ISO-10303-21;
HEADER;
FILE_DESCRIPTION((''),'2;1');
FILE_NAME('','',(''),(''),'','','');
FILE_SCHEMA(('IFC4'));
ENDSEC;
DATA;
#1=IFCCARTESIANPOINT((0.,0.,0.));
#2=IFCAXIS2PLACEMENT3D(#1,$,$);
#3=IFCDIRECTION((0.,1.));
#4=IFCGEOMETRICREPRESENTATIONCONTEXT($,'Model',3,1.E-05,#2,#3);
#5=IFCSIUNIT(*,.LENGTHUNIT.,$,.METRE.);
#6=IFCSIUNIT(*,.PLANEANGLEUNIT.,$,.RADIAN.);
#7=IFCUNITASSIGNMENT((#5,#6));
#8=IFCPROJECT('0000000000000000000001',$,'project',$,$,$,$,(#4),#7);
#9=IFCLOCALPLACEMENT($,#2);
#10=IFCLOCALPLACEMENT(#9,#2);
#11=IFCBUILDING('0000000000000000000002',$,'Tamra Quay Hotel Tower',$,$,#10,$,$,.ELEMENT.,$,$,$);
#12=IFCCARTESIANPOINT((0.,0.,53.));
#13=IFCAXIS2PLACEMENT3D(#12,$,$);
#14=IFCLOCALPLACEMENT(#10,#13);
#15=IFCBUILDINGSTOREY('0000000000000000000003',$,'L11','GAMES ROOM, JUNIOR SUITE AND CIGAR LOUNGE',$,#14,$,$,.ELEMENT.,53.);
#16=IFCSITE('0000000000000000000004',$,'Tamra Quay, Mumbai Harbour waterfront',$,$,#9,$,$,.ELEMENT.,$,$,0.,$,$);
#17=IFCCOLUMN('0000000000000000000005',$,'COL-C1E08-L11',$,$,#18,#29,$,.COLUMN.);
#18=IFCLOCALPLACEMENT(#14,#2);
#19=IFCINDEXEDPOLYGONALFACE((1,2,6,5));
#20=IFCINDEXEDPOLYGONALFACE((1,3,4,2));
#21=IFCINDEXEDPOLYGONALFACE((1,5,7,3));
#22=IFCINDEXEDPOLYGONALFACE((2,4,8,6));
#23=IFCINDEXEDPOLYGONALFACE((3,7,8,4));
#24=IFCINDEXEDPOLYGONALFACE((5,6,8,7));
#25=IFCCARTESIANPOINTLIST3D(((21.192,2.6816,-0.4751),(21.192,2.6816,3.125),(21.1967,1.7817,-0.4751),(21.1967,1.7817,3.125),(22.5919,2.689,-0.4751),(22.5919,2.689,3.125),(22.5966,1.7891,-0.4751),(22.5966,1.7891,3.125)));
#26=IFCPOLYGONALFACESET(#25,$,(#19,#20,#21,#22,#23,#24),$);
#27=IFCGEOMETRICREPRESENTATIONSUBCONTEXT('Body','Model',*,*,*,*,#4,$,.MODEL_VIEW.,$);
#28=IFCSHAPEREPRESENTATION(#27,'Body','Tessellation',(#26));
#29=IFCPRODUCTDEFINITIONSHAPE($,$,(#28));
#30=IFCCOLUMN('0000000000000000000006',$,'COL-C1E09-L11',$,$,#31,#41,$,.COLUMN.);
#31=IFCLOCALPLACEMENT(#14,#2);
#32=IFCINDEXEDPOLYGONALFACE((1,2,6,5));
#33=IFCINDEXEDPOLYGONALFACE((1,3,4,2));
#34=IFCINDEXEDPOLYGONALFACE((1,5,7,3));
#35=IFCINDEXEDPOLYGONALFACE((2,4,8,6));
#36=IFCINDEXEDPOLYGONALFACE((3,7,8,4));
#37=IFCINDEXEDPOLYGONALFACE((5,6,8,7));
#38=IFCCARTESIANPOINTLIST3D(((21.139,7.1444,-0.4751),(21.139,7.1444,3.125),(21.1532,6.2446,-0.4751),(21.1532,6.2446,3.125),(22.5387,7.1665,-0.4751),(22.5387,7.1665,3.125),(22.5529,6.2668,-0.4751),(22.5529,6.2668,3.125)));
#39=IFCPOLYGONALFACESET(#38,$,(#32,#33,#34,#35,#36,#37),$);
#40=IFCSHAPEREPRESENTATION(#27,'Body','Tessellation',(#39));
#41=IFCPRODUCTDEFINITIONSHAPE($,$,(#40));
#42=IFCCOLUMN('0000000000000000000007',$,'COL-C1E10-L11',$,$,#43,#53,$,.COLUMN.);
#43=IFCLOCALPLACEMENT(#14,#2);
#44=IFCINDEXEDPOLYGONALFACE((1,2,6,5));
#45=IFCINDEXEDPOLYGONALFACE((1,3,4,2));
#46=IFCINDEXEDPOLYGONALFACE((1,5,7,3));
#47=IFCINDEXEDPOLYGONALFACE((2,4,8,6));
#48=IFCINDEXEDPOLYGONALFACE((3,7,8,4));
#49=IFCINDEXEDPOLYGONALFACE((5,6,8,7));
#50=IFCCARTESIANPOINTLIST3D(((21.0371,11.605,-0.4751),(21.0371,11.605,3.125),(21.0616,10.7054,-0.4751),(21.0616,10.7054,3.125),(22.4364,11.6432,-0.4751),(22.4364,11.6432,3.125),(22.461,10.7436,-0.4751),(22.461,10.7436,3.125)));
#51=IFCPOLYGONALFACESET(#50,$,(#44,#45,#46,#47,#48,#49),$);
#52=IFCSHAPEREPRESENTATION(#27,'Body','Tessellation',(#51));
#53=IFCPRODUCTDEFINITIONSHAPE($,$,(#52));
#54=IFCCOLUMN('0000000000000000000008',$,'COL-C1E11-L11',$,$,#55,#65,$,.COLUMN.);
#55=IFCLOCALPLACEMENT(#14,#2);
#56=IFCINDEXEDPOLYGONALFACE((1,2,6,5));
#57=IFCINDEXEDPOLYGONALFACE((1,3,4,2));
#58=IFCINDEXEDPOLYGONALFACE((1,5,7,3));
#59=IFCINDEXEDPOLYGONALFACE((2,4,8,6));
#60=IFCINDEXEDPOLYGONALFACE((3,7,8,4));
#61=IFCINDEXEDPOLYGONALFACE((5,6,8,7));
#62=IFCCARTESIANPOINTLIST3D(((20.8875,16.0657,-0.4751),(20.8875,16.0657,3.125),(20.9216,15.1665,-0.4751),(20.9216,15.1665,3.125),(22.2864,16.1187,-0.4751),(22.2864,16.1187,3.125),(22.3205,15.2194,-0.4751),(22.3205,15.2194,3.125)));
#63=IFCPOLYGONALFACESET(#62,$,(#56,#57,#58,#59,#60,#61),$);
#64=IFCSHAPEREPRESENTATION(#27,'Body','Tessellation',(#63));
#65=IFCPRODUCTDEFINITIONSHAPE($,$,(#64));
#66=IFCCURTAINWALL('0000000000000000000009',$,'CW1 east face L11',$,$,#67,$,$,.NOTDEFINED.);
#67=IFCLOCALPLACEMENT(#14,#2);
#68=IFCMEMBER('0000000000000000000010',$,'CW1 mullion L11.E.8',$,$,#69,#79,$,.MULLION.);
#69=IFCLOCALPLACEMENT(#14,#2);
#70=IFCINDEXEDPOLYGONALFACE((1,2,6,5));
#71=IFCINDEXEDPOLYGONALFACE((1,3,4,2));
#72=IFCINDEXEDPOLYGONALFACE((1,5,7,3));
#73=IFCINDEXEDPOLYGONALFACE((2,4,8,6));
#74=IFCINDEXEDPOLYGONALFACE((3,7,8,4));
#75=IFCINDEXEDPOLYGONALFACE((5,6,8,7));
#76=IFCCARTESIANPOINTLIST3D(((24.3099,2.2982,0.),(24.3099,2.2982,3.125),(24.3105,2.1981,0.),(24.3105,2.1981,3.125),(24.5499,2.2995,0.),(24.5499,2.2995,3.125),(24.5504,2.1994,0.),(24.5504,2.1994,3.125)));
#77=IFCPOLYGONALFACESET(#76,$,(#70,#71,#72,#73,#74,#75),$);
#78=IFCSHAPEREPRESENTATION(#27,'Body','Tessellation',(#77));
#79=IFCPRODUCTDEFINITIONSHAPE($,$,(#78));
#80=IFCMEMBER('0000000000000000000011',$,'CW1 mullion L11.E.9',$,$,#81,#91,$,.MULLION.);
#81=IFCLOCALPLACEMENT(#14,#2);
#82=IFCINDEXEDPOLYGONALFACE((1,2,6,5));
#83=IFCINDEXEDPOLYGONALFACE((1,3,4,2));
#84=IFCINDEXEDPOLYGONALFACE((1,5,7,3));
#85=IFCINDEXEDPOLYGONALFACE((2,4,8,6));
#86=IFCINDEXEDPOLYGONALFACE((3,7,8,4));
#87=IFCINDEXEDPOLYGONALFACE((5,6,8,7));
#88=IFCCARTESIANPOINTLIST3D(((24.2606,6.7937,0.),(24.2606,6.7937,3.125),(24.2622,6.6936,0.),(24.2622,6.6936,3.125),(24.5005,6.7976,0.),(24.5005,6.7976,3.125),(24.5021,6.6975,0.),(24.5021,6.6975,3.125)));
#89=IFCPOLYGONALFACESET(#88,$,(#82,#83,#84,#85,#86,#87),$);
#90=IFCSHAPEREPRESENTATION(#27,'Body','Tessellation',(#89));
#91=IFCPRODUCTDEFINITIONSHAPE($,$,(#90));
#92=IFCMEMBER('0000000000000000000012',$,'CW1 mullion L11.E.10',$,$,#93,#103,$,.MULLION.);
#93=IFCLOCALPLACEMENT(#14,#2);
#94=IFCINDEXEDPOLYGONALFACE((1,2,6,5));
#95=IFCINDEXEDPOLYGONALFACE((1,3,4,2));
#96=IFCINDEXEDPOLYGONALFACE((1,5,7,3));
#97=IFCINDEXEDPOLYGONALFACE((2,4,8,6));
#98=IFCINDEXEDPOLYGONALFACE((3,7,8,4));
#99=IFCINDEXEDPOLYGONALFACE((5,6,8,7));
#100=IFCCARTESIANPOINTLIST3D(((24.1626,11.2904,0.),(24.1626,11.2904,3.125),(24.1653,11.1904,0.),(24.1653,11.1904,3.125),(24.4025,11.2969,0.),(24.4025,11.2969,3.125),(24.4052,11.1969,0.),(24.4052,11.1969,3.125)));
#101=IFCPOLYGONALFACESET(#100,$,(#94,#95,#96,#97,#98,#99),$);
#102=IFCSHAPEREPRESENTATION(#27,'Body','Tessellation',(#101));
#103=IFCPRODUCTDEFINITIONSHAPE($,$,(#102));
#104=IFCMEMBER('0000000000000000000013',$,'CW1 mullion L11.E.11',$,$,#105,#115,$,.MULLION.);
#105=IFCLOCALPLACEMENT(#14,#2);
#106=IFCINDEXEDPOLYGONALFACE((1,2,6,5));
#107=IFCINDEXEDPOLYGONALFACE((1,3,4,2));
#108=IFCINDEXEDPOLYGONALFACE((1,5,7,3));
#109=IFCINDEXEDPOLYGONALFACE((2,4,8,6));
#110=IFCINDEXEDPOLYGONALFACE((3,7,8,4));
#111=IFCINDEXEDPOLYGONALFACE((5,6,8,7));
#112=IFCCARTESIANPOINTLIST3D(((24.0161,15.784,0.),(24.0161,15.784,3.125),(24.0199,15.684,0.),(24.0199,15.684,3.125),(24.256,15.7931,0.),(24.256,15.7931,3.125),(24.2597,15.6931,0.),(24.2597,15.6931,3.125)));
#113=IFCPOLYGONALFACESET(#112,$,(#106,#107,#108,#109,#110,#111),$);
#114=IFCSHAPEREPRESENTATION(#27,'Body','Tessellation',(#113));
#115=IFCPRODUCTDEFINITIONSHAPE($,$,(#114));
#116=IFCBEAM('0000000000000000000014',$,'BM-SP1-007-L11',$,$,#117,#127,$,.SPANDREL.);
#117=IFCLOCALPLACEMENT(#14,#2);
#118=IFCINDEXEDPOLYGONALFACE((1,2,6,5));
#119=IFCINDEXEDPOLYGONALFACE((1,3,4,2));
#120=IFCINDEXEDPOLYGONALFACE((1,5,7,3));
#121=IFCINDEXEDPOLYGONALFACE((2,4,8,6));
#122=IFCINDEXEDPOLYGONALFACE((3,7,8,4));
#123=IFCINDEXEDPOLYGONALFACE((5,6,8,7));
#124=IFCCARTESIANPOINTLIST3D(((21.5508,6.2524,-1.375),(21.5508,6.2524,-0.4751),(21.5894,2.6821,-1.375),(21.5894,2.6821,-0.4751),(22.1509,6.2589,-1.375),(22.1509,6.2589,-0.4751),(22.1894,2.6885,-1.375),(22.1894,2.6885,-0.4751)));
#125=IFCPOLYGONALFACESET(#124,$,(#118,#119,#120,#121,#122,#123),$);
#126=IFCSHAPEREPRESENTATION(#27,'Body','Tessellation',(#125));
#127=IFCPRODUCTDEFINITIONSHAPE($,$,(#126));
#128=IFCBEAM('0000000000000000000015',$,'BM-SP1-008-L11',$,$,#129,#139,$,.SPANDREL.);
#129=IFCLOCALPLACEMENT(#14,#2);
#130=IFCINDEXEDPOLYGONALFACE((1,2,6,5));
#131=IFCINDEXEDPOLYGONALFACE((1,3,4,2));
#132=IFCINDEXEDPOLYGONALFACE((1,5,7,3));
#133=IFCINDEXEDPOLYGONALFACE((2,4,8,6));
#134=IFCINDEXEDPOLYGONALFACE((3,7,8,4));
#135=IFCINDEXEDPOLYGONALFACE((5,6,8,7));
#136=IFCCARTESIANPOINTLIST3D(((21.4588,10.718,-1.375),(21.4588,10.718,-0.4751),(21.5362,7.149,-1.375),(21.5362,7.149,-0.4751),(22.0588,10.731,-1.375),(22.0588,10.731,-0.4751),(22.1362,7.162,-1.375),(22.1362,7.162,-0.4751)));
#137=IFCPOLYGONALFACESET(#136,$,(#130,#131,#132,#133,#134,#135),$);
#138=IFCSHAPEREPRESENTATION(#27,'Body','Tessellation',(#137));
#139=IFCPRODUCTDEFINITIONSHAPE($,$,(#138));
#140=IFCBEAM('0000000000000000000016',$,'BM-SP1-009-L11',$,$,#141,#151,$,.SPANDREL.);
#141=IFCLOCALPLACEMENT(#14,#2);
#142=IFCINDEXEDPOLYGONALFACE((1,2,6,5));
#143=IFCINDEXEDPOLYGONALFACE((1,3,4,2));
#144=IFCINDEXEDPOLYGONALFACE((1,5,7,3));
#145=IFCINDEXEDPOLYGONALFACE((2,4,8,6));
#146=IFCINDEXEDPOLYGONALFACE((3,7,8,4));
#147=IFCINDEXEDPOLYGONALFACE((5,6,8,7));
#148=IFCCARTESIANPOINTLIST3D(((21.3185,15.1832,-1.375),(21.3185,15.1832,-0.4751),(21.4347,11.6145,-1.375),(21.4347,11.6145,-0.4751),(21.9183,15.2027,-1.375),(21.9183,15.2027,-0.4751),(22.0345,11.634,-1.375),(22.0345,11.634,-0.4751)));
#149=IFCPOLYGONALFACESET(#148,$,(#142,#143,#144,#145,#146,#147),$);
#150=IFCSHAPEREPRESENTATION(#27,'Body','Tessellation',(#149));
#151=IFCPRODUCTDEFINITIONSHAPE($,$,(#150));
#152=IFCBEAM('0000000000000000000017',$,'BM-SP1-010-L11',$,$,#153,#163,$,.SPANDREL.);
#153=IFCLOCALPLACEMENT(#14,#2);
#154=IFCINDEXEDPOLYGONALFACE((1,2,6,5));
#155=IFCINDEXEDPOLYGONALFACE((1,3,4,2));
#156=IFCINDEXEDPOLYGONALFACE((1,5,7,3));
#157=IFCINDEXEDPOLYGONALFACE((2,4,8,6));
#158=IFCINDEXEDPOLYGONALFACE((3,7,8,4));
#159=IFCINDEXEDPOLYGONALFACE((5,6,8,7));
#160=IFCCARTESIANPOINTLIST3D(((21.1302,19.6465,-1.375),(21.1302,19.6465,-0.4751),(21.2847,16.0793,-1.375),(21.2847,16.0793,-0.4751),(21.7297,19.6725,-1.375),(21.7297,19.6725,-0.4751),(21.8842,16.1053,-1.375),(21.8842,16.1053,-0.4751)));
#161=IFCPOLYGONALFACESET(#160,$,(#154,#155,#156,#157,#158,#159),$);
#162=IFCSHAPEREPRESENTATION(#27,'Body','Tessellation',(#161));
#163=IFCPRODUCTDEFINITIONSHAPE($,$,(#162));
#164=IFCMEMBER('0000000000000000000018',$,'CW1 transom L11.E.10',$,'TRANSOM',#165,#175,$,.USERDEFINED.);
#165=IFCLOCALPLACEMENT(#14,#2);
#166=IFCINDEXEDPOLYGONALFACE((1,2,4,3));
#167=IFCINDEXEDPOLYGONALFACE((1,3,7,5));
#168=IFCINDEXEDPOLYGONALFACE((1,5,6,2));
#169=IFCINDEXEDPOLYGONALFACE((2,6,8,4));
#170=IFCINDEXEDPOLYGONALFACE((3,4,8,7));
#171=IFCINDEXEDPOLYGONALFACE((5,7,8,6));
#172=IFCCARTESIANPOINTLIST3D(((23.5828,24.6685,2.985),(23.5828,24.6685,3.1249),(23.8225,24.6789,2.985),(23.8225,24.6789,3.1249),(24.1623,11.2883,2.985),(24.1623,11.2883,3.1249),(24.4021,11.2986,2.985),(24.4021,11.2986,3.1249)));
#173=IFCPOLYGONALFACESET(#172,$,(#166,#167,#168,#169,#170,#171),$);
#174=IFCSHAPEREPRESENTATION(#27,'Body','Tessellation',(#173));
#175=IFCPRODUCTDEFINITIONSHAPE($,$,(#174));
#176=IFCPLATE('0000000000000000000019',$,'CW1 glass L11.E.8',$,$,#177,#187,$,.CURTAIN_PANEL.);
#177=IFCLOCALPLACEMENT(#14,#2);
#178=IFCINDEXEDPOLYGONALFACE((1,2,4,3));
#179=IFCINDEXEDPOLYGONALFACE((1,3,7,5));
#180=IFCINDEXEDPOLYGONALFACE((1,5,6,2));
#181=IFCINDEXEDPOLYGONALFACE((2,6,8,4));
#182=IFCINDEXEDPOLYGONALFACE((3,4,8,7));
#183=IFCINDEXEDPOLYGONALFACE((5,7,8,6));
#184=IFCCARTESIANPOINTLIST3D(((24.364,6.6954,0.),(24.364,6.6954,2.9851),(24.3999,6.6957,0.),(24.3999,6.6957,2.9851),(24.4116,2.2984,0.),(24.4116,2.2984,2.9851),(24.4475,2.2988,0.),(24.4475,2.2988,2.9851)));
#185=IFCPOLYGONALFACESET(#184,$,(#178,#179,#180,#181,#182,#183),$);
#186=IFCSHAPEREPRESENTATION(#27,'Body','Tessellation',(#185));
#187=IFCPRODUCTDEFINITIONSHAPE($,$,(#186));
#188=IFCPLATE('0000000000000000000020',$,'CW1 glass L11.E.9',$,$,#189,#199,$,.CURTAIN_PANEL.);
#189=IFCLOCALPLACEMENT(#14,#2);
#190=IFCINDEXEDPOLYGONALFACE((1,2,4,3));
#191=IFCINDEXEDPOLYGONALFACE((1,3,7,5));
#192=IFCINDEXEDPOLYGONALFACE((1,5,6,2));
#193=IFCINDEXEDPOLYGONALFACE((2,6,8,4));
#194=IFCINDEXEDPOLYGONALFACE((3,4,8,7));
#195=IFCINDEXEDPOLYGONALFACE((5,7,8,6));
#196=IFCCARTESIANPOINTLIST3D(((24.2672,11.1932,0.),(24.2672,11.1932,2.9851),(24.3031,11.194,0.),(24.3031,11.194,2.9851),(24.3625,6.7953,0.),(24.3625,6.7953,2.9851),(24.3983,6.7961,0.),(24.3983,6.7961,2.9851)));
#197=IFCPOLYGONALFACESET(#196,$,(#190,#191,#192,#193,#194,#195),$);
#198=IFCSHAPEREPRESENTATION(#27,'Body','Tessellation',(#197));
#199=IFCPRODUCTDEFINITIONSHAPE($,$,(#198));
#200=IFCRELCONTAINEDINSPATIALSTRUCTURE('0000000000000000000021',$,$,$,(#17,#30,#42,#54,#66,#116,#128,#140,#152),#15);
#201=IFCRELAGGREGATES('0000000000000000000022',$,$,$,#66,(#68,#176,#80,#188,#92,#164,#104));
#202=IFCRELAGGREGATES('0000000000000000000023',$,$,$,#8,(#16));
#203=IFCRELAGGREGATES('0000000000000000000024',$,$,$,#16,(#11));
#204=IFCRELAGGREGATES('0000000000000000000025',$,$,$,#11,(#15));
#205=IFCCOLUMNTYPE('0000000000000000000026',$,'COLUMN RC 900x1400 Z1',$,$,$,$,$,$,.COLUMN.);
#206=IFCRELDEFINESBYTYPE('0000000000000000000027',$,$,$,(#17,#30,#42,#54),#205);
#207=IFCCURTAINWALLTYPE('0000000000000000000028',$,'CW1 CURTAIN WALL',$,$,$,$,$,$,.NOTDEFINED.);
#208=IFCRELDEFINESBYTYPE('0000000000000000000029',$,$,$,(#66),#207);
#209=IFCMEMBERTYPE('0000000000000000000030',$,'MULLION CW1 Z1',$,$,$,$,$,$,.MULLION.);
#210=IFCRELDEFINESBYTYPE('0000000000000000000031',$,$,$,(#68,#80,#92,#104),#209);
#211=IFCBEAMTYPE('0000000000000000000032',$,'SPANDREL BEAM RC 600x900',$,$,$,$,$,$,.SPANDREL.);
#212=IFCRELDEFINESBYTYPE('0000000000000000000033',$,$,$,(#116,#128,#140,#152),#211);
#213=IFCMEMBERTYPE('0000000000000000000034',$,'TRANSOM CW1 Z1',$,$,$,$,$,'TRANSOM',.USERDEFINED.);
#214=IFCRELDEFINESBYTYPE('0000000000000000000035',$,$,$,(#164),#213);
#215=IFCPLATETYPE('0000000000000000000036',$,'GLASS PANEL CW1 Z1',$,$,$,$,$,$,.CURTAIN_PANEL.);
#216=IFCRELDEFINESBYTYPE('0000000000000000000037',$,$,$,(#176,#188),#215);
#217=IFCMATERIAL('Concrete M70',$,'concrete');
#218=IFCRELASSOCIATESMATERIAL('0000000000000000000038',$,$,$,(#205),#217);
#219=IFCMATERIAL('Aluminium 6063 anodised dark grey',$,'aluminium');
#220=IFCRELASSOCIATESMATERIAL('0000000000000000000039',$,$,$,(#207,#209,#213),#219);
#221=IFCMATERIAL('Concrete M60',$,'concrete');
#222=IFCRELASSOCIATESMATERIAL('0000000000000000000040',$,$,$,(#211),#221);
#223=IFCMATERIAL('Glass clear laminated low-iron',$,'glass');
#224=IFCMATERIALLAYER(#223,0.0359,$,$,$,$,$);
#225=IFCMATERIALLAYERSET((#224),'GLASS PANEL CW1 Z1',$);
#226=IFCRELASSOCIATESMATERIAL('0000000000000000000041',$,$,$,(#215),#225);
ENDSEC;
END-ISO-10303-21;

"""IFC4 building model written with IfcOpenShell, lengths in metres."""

from ifc_helpers import new_model, si_unit, direction, frame, origin, origin_2d, place, context, subcontext, project, spatial, rectangle, extrude, material, layer, layer_set, material_profile, profile_set, type_object, element, aggregate, save


model = new_model("IFC4")

# Units and contexts
model_context = context("Model", 3, precision=1e-05, world=origin(), true_north=direction((0.0, 1.0)))
body_context = subcontext(model_context, "Body", "Model", "MODEL_VIEW")
ifc_project = project(units=[si_unit("LENGTHUNIT", "METRE"), si_unit("PLANEANGLEUNIT", "RADIAN")], contexts=[model_context])

# Site, building, storey
site_placement = place(None, origin())
site = spatial("IfcSite", under=ifc_project, at=site_placement, Name="Tamra Quay, Mumbai Harbour waterfront", CompositionType="ELEMENT", RefElevation=0.0)
building_placement = place(site_placement, origin())
building = spatial("IfcBuilding", under=site, at=building_placement, Name="Tamra Quay Hotel Tower", CompositionType="ELEMENT")
storey_placement = place(building_placement, frame((0.0, 0.0, 53.0)))
storey = spatial("IfcBuildingStorey", under=building, at=storey_placement, Name="L11", Description="GAMES ROOM, JUNIOR SUITE AND CIGAR LOUNGE", CompositionType="ELEMENT", Elevation=53.0)

# Columns
ifc_material_1 = material(Name="Concrete M70", Category="concrete")
ifc_material_profile_1 = material_profile(ifc_material_1, rectangle(XDim=1.3999, YDim=0.8999, at=origin_2d()), Name="COLUMN RC 900x1400 Z1")
ifc_profile_set_1 = profile_set([ifc_material_profile_1], Name="Concrete M70")
column_type = type_object("IfcColumnType", Name="COLUMN RC 900x1400 Z1", PredefinedType="COLUMN", material=ifc_profile_set_1)
for number, where, z_axis, x_axis, name in (
    (1, (21.8943, 2.2354, -0.4751), (0.0, 0.0, 1.0), (0.999986, 0.00528, 0.0), "COL-C1E08-L11"),
    (2, (21.8459, 6.7056, -0.4751), (0.0, 0.0, 1.0), (0.999875, 0.015838, 0.0), "COL-C1E09-L11"),
    (3, (21.749, 11.1743, -0.4751), (0.0, 0.0, 1.0), (0.999628, 0.027269, 0.0), "COL-C1E10-L11"),
    (4, (21.604, 15.6426, -0.4751), (0.0, 0.0, 1.0), (0.999285, 0.037812, 0.0), "COL-C1E11-L11"),
):
    element("IfcColumn", number, at=place(storey_placement, frame(where, z_axis=z_axis, x_axis=x_axis)), inside=storey, type_object=column_type, Name=name, PredefinedType="COLUMN", context=body_context, shape_type="SweptSolid", body=[
        extrude(rectangle(XDim=1.3999, YDim=0.8999, at=origin_2d()), origin(), (0.0, 0.0, 1.0), 3.6001),
    ])

# Curtain wall, members
ifc_material_2 = material(Name="Aluminium 6063 anodised dark grey", Category="aluminium")
curtain_wall_type = type_object("IfcCurtainWallType", Name="CW1 CURTAIN WALL", PredefinedType="NOTDEFINED", material=ifc_material_2)
curtain_wall_placement = place(storey_placement, origin())
curtain_wall = element("IfcCurtainWall", 5, at=curtain_wall_placement, inside=storey, type_object=curtain_wall_type, Name="CW1 east face L11", PredefinedType="NOTDEFINED")
ifc_material_profile_2 = material_profile(ifc_material_2, rectangle(XDim=0.24, YDim=0.1001, at=origin_2d()), Name="MULLION 100X240")
ifc_profile_set_2 = profile_set([ifc_material_profile_2], Name="Aluminium 6063 anodised dark grey")
member_type_1 = type_object("IfcMemberType", Name="MULLION CW1 Z1", PredefinedType="MULLION", material=ifc_profile_set_2)
member_1_placement = place(storey_placement, frame((24.4302, 2.2488, 0.0), z_axis=(0.0, 0.0, 1.0), x_axis=(0.999985, 0.005418, 0.0)))
member_1 = element("IfcMember", 6, at=member_1_placement, type_object=member_type_1, Name="CW1 mullion L11.E.8", PredefinedType="MULLION", context=body_context, shape_type="SweptSolid", body=[
    extrude(rectangle(XDim=0.24, YDim=0.1001, at=origin_2d()), origin(), (0.0, 0.0, 1.0), 3.125),
])
member_2_placement = place(storey_placement, frame((24.3813, 6.7456, 0.0), z_axis=(0.0, 0.0, 1.0), x_axis=(0.999868, 0.016247, 0.0)))
member_2 = element("IfcMember", 7, at=member_2_placement, type_object=member_type_1, Name="CW1 mullion L11.E.9", PredefinedType="MULLION", context=body_context, shape_type="SweptSolid", body=[
    extrude(rectangle(XDim=0.24, YDim=0.1001, at=origin_2d()), origin(), (0.0, 0.0, 1.0), 3.125),
])
member_3_placement = place(storey_placement, frame((24.2839, 11.2437, 0.0), z_axis=(0.0, 0.0, 1.0), x_axis=(0.999634, 0.027067, 0.0)))
member_3 = element("IfcMember", 8, at=member_3_placement, type_object=member_type_1, Name="CW1 mullion L11.E.10", PredefinedType="MULLION", context=body_context, shape_type="SweptSolid", body=[
    extrude(rectangle(XDim=0.24, YDim=0.1001, at=origin_2d()), origin(), (0.0, 0.0, 1.0), 3.125),
])
member_4_placement = place(storey_placement, frame((24.1379, 15.7385, 0.0), z_axis=(0.0, 0.0, 1.0), x_axis=(0.999282, 0.037881, 0.0)))
member_4 = element("IfcMember", 9, at=member_4_placement, type_object=member_type_1, Name="CW1 mullion L11.E.11", PredefinedType="MULLION", context=body_context, shape_type="SweptSolid", body=[
    extrude(rectangle(XDim=0.24, YDim=0.1001, at=origin_2d()), origin(), (0.0, 0.0, 1.0), 3.125),
])

# Beams
ifc_material_3 = material(Name="Concrete M60", Category="concrete")
ifc_material_profile_3 = material_profile(ifc_material_3, rectangle(XDim=0.6001, YDim=0.8999, at=origin_2d()), Name="SPANDREL BEAM RC 600x900")
ifc_profile_set_3 = profile_set([ifc_material_profile_3], Name="Concrete M60")
beam_type = type_object("IfcBeamType", Name="SPANDREL BEAM RC 600x900", PredefinedType="SPANDREL", material=ifc_profile_set_3)
beam_1_placement = place(storey_placement, frame((21.8894, 2.6853, -0.925), z_axis=(-0.010804, 0.999942, 0.0), x_axis=(-0.999942, -0.010804, 0.0)))
element("IfcBeam", 10, at=beam_1_placement, inside=storey, type_object=beam_type, Name="BM-SP1-007-L11", PredefinedType="SPANDREL", context=body_context, shape_type="SweptSolid", body=[
    extrude(rectangle(XDim=0.6001, YDim=0.8999, at=origin_2d()), origin(), (0.0, 0.0, 1.0), 3.5706),
])
beam_2_placement = place(storey_placement, frame((21.8362, 7.1555, -0.925), z_axis=(-0.021679, 0.999765, 0.0), x_axis=(-0.999765, -0.021679, 0.0)))
element("IfcBeam", 11, at=beam_2_placement, inside=storey, type_object=beam_type, Name="BM-SP1-008-L11", PredefinedType="SPANDREL", context=body_context, shape_type="SweptSolid", body=[
    extrude(rectangle(XDim=0.6001, YDim=0.8999, at=origin_2d()), origin(), (0.0, 0.0, 1.0), 3.5698),
])
for number, where, z_axis, x_axis, name in (
    (12, (21.7346, 11.6243, -0.925), (-0.032548, 0.99947, 0.0), (-0.99947, -0.032548, 0.0), "BM-SP1-009-L11"),
    (13, (21.5845, 16.0923, -0.925), (-0.043283, 0.999063, 0.0), (-0.999063, -0.043283, 0.0), "BM-SP1-010-L11"),
):
    element("IfcBeam", number, at=place(storey_placement, frame(where, z_axis=z_axis, x_axis=x_axis)), inside=storey, type_object=beam_type, Name=name, PredefinedType="SPANDREL", context=body_context, shape_type="SweptSolid", body=[
        extrude(rectangle(XDim=0.6001, YDim=0.8999, at=origin_2d()), origin(), (0.0, 0.0, 1.0), 3.5706),
    ])

# Member
ifc_material_profile_4 = material_profile(ifc_material_2, rectangle(XDim=0.24, YDim=0.1399, at=origin_2d()), Name="TRANSOM 240X140")
ifc_profile_set_4 = profile_set([ifc_material_profile_4], Name="Aluminium 6063 anodised dark grey")
member_type_2 = type_object("IfcMemberType", Name="TRANSOM CW1 Z1", ElementType="TRANSOM", PredefinedType="USERDEFINED", material=ifc_profile_set_4)
member_5_placement = place(storey_placement, frame((24.2822, 11.2935, 3.0549), z_axis=(-0.043276, 0.999063, 0.0), x_axis=(-0.999063, -0.043276, 0.0)))
member_5 = element("IfcMember", 14, at=member_5_placement, type_object=member_type_2, Name="CW1 transom L11.E.10", ObjectType="TRANSOM", PredefinedType="USERDEFINED", context=body_context, shape_type="SweptSolid", body=[
    extrude(rectangle(XDim=0.24, YDim=0.1399, at=origin_2d()), origin(), (0.0, 0.0, 1.0), 13.3928),
])

# Plates
ifc_material_4 = material(Name="Glass clear laminated low-iron", Category="glass")
ifc_layer_1 = layer(ifc_material_4, 0.0359)
ifc_layer_set_1 = layer_set([ifc_layer_1], Name="GLASS PANEL CW1 Z1")
plate_type = type_object("IfcPlateType", Name="GLASS PANEL CW1 Z1", PredefinedType="CURTAIN_PANEL", material=ifc_layer_set_1)
plate_1_placement = place(storey_placement, frame((24.4058, 4.4971, 0.0), z_axis=(0.0, 0.0, 1.0), x_axis=(-0.010836, 0.999941, 0.0)))
plate_1 = element("IfcPlate", 15, at=plate_1_placement, type_object=plate_type, Name="CW1 glass L11.E.8", PredefinedType="CURTAIN_PANEL", context=body_context, shape_type="SweptSolid", body=[
    extrude(rectangle(XDim=4.3972, YDim=0.0359, at=origin_2d()), origin(), (0.0, 0.0, 1.0), 2.9851),
])
plate_2_placement = place(storey_placement, frame((24.3328, 8.9946, 0.0), z_axis=(0.0, 0.0, 1.0), x_axis=(-0.021657, 0.999765, 0.0)))
plate_2 = element("IfcPlate", 16, at=plate_2_placement, type_object=plate_type, Name="CW1 glass L11.E.9", PredefinedType="CURTAIN_PANEL", context=body_context, shape_type="SweptSolid", body=[
    extrude(rectangle(XDim=4.3989, YDim=0.0359, at=origin_2d()), origin(), (0.0, 0.0, 1.0), 2.9851),
])
aggregate(curtain_wall, [member_1, plate_1, member_2, plate_2, member_3, member_5, member_4])

save(model, "model.ifc")
